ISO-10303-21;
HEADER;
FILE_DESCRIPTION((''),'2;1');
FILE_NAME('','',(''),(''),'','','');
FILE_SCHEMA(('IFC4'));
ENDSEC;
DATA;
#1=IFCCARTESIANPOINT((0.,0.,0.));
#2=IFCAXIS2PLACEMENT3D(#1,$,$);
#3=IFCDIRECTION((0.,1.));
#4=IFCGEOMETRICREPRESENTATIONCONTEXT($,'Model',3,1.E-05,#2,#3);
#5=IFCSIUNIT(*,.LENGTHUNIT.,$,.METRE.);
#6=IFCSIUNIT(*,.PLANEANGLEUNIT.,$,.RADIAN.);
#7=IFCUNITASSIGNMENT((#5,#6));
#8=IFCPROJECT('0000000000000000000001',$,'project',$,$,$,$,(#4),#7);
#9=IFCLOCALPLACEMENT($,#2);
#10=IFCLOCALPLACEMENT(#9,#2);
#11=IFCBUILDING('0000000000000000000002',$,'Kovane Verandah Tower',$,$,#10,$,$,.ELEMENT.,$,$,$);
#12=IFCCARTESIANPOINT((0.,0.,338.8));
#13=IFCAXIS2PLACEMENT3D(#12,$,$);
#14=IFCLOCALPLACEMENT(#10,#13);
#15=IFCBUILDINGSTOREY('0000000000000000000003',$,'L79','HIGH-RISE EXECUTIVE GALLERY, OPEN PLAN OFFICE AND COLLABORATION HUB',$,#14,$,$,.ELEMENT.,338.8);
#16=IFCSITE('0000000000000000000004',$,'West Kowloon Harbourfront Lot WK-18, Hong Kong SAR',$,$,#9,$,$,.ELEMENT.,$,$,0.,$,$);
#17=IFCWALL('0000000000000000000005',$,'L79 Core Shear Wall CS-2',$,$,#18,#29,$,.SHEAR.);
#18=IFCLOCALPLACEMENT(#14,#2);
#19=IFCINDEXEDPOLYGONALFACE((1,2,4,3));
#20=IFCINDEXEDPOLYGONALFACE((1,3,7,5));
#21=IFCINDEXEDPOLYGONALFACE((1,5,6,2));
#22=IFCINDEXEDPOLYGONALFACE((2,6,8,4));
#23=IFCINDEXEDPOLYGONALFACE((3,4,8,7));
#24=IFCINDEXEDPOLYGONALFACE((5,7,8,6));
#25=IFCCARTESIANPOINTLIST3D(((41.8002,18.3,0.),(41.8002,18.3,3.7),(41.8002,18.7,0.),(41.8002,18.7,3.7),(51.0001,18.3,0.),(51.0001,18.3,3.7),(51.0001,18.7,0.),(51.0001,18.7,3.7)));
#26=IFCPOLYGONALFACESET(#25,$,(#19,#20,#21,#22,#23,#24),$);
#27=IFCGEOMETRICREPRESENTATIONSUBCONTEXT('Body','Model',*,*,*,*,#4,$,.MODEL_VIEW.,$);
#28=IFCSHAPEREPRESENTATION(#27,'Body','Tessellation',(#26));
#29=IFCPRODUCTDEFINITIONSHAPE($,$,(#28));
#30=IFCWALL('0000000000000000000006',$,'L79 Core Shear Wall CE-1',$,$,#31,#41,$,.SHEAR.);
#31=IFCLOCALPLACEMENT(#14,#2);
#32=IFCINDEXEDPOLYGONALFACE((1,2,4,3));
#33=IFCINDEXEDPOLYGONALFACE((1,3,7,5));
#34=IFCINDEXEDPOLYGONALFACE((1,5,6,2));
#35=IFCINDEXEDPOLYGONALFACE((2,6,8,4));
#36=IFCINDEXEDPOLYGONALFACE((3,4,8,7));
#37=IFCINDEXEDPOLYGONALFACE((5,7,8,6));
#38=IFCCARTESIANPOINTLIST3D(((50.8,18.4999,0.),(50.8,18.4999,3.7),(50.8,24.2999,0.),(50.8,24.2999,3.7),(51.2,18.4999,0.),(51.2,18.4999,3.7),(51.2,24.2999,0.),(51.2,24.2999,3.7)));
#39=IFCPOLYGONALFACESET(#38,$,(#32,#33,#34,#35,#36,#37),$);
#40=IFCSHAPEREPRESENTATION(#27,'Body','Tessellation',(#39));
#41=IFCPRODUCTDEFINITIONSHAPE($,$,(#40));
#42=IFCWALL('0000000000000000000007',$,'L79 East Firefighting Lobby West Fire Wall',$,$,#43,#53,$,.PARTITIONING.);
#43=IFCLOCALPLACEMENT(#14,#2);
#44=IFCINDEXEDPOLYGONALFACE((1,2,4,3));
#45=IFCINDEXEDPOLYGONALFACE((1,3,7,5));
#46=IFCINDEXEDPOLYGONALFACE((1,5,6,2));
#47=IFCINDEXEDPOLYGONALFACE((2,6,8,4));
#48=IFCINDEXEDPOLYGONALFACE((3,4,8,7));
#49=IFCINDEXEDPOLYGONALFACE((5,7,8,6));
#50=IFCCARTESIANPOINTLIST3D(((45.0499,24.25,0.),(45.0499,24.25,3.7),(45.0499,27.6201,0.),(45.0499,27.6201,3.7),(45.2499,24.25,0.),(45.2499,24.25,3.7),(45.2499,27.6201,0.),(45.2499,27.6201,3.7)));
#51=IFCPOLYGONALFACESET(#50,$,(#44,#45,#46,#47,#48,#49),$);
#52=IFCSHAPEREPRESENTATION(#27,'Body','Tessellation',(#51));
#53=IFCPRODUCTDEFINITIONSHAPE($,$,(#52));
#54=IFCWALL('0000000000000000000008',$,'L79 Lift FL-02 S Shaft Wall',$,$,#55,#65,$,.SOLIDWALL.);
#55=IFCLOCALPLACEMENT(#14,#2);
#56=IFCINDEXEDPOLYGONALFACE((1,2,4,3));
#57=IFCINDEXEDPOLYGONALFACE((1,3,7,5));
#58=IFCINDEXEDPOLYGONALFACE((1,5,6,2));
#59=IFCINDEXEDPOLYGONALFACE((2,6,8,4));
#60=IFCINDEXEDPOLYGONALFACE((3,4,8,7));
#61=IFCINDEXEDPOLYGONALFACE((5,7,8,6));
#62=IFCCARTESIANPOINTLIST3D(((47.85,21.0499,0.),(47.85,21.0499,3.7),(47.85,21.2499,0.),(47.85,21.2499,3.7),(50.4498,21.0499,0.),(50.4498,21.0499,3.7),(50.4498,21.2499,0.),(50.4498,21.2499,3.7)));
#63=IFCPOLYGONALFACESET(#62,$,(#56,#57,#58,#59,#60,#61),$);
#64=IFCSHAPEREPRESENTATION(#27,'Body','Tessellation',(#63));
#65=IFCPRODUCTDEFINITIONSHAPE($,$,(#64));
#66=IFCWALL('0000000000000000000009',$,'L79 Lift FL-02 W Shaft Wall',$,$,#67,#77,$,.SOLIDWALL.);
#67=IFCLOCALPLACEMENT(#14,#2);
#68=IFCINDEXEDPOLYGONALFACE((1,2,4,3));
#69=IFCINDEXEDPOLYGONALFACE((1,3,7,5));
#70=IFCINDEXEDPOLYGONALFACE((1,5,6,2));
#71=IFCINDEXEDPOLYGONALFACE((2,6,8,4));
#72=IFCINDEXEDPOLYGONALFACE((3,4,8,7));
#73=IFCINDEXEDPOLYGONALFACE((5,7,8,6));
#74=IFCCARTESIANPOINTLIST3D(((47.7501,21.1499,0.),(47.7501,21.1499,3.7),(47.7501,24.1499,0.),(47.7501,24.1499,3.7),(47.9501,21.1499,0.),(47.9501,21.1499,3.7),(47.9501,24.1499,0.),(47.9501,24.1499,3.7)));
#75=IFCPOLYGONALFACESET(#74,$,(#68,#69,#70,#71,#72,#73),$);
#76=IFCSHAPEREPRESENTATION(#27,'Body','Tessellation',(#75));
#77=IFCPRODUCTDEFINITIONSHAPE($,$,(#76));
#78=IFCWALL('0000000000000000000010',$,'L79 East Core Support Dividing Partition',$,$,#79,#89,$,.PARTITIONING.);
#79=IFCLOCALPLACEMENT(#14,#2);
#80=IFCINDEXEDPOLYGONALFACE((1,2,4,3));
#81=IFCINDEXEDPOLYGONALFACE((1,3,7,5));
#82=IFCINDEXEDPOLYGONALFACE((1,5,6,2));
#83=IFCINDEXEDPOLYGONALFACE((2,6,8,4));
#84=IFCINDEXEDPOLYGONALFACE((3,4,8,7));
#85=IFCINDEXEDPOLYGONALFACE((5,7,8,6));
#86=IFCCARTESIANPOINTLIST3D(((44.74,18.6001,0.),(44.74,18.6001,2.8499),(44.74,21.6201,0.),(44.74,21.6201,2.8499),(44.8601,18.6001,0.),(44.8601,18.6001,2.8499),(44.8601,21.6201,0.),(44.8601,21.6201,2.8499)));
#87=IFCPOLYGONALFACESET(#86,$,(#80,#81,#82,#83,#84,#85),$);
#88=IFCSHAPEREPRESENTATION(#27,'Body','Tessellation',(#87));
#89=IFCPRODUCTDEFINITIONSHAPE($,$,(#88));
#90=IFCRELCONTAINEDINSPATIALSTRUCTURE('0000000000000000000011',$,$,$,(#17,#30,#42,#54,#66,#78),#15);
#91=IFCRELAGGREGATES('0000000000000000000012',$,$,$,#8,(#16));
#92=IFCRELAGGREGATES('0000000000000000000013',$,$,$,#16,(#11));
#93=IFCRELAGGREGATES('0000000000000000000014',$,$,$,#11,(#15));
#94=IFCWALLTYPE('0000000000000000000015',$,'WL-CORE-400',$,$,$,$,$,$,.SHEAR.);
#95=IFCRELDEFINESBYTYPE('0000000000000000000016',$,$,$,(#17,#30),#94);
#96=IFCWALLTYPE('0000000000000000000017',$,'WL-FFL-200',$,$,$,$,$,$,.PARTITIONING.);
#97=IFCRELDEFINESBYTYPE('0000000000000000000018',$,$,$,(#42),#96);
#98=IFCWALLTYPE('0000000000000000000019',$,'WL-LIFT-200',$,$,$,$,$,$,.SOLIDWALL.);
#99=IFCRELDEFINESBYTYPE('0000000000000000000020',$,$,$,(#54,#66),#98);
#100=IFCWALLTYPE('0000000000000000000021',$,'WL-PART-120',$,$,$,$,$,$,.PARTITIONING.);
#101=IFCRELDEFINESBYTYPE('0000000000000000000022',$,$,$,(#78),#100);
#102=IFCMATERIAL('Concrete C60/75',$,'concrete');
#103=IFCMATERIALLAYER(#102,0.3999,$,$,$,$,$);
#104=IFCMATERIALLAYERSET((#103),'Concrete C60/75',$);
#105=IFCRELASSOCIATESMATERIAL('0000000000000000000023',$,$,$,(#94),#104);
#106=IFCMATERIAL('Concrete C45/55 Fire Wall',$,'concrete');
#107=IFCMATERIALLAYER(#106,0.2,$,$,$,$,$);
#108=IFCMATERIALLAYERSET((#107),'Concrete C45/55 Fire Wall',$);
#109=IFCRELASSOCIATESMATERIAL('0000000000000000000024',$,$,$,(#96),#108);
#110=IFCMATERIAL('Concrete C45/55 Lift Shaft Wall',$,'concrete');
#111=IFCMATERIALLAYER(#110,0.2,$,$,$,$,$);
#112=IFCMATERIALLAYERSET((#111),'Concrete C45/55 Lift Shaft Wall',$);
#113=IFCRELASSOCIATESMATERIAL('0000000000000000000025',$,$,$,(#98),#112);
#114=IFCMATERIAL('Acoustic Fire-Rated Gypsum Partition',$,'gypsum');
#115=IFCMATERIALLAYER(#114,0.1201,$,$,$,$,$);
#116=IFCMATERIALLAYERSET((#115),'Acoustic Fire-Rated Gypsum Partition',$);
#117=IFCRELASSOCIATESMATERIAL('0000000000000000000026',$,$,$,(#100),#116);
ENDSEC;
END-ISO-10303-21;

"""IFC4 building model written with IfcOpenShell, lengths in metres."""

from ifc_helpers import new_model, si_unit, direction, frame, frame_2d, origin, place, context, subcontext, project, spatial, rectangle, extrude, material, layer, layer_set, type_object, element, save


model = new_model("IFC4")

# Units and contexts
model_context = context("Model", 3, precision=1e-05, world=origin(), true_north=direction((0.0, 1.0)))
body_context = subcontext(model_context, "Body", "Model", "MODEL_VIEW")
ifc_project = project(units=[si_unit("LENGTHUNIT", "METRE"), si_unit("PLANEANGLEUNIT", "RADIAN")], contexts=[model_context])

# Site, building, storey
site_placement = place(None, origin())
site = spatial("IfcSite", under=ifc_project, at=site_placement, Name="West Kowloon Harbourfront Lot WK-18, Hong Kong SAR", CompositionType="ELEMENT", RefElevation=0.0)
building_placement = place(site_placement, origin())
building = spatial("IfcBuilding", under=site, at=building_placement, Name="Kovane Verandah Tower", CompositionType="ELEMENT")
storey_placement = place(building_placement, frame((0.0, 0.0, 338.8)))
storey = spatial("IfcBuildingStorey", under=building, at=storey_placement, Name="L79", Description="HIGH-RISE EXECUTIVE GALLERY, OPEN PLAN OFFICE AND COLLABORATION HUB", CompositionType="ELEMENT", Elevation=338.8)

# Shared definitions
ifc_material_1 = material(Name="Concrete C60/75", Category="concrete")

# Walls
ifc_layer_1 = layer(ifc_material_1, 0.3999)
ifc_layer_set_1 = layer_set([ifc_layer_1], Name="Concrete C60/75")
wall_type_1 = type_object("IfcWallType", Name="WL-CORE-400", PredefinedType="SHEAR", material=ifc_layer_set_1)
wall_1_placement = place(storey_placement, frame((41.8, 18.5, 0.0), z_axis=(0.0, 0.0, 1.0), x_axis=(1.0, 0.0, 0.0)))
element("IfcWall", 1, at=wall_1_placement, inside=storey, type_object=wall_type_1, Name="L79 Core Shear Wall CS-2", PredefinedType="SHEAR", context=body_context, shape_type="SweptSolid", body=[
    extrude(rectangle(XDim=9.2, YDim=0.3999, at=frame_2d((4.6001, 0.0))), origin(), (0.0, 0.0, 1.0), 3.7),
])
wall_2_placement = place(storey_placement, frame((51.0, 18.5, 0.0), z_axis=(0.0, 0.0, 1.0), x_axis=(0.0, 1.0, 0.0)))
element("IfcWall", 2, at=wall_2_placement, inside=storey, type_object=wall_type_1, Name="L79 Core Shear Wall CE-1", PredefinedType="SHEAR", context=body_context, shape_type="SweptSolid", body=[
    extrude(rectangle(XDim=5.8, YDim=0.3999, at=frame_2d((2.8999, 0.0))), origin(), (0.0, 0.0, 1.0), 3.7),
])
ifc_material_2 = material(Name="Concrete C45/55 Fire Wall", Category="concrete")
ifc_layer_2 = layer(ifc_material_2, 0.2)
ifc_layer_set_2 = layer_set([ifc_layer_2], Name="Concrete C45/55 Fire Wall")
wall_type_2 = type_object("IfcWallType", Name="WL-FFL-200", PredefinedType="PARTITIONING", material=ifc_layer_set_2)
wall_3_placement = place(storey_placement, frame((45.1499, 24.25, 0.0), z_axis=(0.0, 0.0, 1.0), x_axis=(0.0, 1.0, 0.0)))
element("IfcWall", 3, at=wall_3_placement, inside=storey, type_object=wall_type_2, Name="L79 East Firefighting Lobby West Fire Wall", PredefinedType="PARTITIONING", context=body_context, shape_type="SweptSolid", body=[
    extrude(rectangle(XDim=3.3701, YDim=0.2, at=frame_2d((1.6851, 0.0))), origin(), (0.0, 0.0, 1.0), 3.7),
])

# Wall
ifc_material_3 = material(Name="Concrete C45/55 Lift Shaft Wall", Category="concrete")
ifc_layer_3 = layer(ifc_material_3, 0.2)
ifc_layer_set_3 = layer_set([ifc_layer_3], Name="Concrete C45/55 Lift Shaft Wall")
wall_type_3 = type_object("IfcWallType", Name="WL-LIFT-200", PredefinedType="SOLIDWALL", material=ifc_layer_set_3)
wall_4_placement = place(storey_placement, frame((47.8501, 21.1499, 0.0), z_axis=(0.0, 0.0, 1.0), x_axis=(1.0, 0.0, 0.0)))
element("IfcWall", 4, at=wall_4_placement, inside=storey, type_object=wall_type_3, Name="L79 Lift FL-02 S Shaft Wall", PredefinedType="SOLIDWALL", context=body_context, shape_type="SweptSolid", body=[
    extrude(rectangle(XDim=2.5999, YDim=0.2, at=frame_2d((1.2998, 0.0))), origin(), (0.0, 0.0, 1.0), 3.7),
])

# Walls
wall_5_placement = place(storey_placement, frame((47.8501, 24.1499, 0.0), z_axis=(0.0, 0.0, 1.0), x_axis=(0.0, -1.0, 0.0)))
element("IfcWall", 5, at=wall_5_placement, inside=storey, type_object=wall_type_3, Name="L79 Lift FL-02 W Shaft Wall", PredefinedType="SOLIDWALL", context=body_context, shape_type="SweptSolid", body=[
    extrude(rectangle(XDim=3.0, YDim=0.2, at=frame_2d((1.5, 0.0))), origin(), (0.0, 0.0, 1.0), 3.7),
])
ifc_material_4 = material(Name="Acoustic Fire-Rated Gypsum Partition", Category="gypsum")
ifc_layer_4 = layer(ifc_material_4, 0.1201)
ifc_layer_set_4 = layer_set([ifc_layer_4], Name="Acoustic Fire-Rated Gypsum Partition")
wall_type_4 = type_object("IfcWallType", Name="WL-PART-120", PredefinedType="PARTITIONING", material=ifc_layer_set_4)
wall_6_placement = place(storey_placement, frame((44.8, 18.6001, 0.0), z_axis=(0.0, 0.0, 1.0), x_axis=(0.0, 1.0, 0.0)))
element("IfcWall", 6, at=wall_6_placement, inside=storey, type_object=wall_type_4, Name="L79 East Core Support Dividing Partition", PredefinedType="PARTITIONING", context=body_context, shape_type="SweptSolid", body=[
    extrude(rectangle(XDim=3.02, YDim=0.1201, at=frame_2d((1.51, 0.0))), origin(), (0.0, 0.0, 1.0), 2.8499),
])

save(model, "model.ifc")
